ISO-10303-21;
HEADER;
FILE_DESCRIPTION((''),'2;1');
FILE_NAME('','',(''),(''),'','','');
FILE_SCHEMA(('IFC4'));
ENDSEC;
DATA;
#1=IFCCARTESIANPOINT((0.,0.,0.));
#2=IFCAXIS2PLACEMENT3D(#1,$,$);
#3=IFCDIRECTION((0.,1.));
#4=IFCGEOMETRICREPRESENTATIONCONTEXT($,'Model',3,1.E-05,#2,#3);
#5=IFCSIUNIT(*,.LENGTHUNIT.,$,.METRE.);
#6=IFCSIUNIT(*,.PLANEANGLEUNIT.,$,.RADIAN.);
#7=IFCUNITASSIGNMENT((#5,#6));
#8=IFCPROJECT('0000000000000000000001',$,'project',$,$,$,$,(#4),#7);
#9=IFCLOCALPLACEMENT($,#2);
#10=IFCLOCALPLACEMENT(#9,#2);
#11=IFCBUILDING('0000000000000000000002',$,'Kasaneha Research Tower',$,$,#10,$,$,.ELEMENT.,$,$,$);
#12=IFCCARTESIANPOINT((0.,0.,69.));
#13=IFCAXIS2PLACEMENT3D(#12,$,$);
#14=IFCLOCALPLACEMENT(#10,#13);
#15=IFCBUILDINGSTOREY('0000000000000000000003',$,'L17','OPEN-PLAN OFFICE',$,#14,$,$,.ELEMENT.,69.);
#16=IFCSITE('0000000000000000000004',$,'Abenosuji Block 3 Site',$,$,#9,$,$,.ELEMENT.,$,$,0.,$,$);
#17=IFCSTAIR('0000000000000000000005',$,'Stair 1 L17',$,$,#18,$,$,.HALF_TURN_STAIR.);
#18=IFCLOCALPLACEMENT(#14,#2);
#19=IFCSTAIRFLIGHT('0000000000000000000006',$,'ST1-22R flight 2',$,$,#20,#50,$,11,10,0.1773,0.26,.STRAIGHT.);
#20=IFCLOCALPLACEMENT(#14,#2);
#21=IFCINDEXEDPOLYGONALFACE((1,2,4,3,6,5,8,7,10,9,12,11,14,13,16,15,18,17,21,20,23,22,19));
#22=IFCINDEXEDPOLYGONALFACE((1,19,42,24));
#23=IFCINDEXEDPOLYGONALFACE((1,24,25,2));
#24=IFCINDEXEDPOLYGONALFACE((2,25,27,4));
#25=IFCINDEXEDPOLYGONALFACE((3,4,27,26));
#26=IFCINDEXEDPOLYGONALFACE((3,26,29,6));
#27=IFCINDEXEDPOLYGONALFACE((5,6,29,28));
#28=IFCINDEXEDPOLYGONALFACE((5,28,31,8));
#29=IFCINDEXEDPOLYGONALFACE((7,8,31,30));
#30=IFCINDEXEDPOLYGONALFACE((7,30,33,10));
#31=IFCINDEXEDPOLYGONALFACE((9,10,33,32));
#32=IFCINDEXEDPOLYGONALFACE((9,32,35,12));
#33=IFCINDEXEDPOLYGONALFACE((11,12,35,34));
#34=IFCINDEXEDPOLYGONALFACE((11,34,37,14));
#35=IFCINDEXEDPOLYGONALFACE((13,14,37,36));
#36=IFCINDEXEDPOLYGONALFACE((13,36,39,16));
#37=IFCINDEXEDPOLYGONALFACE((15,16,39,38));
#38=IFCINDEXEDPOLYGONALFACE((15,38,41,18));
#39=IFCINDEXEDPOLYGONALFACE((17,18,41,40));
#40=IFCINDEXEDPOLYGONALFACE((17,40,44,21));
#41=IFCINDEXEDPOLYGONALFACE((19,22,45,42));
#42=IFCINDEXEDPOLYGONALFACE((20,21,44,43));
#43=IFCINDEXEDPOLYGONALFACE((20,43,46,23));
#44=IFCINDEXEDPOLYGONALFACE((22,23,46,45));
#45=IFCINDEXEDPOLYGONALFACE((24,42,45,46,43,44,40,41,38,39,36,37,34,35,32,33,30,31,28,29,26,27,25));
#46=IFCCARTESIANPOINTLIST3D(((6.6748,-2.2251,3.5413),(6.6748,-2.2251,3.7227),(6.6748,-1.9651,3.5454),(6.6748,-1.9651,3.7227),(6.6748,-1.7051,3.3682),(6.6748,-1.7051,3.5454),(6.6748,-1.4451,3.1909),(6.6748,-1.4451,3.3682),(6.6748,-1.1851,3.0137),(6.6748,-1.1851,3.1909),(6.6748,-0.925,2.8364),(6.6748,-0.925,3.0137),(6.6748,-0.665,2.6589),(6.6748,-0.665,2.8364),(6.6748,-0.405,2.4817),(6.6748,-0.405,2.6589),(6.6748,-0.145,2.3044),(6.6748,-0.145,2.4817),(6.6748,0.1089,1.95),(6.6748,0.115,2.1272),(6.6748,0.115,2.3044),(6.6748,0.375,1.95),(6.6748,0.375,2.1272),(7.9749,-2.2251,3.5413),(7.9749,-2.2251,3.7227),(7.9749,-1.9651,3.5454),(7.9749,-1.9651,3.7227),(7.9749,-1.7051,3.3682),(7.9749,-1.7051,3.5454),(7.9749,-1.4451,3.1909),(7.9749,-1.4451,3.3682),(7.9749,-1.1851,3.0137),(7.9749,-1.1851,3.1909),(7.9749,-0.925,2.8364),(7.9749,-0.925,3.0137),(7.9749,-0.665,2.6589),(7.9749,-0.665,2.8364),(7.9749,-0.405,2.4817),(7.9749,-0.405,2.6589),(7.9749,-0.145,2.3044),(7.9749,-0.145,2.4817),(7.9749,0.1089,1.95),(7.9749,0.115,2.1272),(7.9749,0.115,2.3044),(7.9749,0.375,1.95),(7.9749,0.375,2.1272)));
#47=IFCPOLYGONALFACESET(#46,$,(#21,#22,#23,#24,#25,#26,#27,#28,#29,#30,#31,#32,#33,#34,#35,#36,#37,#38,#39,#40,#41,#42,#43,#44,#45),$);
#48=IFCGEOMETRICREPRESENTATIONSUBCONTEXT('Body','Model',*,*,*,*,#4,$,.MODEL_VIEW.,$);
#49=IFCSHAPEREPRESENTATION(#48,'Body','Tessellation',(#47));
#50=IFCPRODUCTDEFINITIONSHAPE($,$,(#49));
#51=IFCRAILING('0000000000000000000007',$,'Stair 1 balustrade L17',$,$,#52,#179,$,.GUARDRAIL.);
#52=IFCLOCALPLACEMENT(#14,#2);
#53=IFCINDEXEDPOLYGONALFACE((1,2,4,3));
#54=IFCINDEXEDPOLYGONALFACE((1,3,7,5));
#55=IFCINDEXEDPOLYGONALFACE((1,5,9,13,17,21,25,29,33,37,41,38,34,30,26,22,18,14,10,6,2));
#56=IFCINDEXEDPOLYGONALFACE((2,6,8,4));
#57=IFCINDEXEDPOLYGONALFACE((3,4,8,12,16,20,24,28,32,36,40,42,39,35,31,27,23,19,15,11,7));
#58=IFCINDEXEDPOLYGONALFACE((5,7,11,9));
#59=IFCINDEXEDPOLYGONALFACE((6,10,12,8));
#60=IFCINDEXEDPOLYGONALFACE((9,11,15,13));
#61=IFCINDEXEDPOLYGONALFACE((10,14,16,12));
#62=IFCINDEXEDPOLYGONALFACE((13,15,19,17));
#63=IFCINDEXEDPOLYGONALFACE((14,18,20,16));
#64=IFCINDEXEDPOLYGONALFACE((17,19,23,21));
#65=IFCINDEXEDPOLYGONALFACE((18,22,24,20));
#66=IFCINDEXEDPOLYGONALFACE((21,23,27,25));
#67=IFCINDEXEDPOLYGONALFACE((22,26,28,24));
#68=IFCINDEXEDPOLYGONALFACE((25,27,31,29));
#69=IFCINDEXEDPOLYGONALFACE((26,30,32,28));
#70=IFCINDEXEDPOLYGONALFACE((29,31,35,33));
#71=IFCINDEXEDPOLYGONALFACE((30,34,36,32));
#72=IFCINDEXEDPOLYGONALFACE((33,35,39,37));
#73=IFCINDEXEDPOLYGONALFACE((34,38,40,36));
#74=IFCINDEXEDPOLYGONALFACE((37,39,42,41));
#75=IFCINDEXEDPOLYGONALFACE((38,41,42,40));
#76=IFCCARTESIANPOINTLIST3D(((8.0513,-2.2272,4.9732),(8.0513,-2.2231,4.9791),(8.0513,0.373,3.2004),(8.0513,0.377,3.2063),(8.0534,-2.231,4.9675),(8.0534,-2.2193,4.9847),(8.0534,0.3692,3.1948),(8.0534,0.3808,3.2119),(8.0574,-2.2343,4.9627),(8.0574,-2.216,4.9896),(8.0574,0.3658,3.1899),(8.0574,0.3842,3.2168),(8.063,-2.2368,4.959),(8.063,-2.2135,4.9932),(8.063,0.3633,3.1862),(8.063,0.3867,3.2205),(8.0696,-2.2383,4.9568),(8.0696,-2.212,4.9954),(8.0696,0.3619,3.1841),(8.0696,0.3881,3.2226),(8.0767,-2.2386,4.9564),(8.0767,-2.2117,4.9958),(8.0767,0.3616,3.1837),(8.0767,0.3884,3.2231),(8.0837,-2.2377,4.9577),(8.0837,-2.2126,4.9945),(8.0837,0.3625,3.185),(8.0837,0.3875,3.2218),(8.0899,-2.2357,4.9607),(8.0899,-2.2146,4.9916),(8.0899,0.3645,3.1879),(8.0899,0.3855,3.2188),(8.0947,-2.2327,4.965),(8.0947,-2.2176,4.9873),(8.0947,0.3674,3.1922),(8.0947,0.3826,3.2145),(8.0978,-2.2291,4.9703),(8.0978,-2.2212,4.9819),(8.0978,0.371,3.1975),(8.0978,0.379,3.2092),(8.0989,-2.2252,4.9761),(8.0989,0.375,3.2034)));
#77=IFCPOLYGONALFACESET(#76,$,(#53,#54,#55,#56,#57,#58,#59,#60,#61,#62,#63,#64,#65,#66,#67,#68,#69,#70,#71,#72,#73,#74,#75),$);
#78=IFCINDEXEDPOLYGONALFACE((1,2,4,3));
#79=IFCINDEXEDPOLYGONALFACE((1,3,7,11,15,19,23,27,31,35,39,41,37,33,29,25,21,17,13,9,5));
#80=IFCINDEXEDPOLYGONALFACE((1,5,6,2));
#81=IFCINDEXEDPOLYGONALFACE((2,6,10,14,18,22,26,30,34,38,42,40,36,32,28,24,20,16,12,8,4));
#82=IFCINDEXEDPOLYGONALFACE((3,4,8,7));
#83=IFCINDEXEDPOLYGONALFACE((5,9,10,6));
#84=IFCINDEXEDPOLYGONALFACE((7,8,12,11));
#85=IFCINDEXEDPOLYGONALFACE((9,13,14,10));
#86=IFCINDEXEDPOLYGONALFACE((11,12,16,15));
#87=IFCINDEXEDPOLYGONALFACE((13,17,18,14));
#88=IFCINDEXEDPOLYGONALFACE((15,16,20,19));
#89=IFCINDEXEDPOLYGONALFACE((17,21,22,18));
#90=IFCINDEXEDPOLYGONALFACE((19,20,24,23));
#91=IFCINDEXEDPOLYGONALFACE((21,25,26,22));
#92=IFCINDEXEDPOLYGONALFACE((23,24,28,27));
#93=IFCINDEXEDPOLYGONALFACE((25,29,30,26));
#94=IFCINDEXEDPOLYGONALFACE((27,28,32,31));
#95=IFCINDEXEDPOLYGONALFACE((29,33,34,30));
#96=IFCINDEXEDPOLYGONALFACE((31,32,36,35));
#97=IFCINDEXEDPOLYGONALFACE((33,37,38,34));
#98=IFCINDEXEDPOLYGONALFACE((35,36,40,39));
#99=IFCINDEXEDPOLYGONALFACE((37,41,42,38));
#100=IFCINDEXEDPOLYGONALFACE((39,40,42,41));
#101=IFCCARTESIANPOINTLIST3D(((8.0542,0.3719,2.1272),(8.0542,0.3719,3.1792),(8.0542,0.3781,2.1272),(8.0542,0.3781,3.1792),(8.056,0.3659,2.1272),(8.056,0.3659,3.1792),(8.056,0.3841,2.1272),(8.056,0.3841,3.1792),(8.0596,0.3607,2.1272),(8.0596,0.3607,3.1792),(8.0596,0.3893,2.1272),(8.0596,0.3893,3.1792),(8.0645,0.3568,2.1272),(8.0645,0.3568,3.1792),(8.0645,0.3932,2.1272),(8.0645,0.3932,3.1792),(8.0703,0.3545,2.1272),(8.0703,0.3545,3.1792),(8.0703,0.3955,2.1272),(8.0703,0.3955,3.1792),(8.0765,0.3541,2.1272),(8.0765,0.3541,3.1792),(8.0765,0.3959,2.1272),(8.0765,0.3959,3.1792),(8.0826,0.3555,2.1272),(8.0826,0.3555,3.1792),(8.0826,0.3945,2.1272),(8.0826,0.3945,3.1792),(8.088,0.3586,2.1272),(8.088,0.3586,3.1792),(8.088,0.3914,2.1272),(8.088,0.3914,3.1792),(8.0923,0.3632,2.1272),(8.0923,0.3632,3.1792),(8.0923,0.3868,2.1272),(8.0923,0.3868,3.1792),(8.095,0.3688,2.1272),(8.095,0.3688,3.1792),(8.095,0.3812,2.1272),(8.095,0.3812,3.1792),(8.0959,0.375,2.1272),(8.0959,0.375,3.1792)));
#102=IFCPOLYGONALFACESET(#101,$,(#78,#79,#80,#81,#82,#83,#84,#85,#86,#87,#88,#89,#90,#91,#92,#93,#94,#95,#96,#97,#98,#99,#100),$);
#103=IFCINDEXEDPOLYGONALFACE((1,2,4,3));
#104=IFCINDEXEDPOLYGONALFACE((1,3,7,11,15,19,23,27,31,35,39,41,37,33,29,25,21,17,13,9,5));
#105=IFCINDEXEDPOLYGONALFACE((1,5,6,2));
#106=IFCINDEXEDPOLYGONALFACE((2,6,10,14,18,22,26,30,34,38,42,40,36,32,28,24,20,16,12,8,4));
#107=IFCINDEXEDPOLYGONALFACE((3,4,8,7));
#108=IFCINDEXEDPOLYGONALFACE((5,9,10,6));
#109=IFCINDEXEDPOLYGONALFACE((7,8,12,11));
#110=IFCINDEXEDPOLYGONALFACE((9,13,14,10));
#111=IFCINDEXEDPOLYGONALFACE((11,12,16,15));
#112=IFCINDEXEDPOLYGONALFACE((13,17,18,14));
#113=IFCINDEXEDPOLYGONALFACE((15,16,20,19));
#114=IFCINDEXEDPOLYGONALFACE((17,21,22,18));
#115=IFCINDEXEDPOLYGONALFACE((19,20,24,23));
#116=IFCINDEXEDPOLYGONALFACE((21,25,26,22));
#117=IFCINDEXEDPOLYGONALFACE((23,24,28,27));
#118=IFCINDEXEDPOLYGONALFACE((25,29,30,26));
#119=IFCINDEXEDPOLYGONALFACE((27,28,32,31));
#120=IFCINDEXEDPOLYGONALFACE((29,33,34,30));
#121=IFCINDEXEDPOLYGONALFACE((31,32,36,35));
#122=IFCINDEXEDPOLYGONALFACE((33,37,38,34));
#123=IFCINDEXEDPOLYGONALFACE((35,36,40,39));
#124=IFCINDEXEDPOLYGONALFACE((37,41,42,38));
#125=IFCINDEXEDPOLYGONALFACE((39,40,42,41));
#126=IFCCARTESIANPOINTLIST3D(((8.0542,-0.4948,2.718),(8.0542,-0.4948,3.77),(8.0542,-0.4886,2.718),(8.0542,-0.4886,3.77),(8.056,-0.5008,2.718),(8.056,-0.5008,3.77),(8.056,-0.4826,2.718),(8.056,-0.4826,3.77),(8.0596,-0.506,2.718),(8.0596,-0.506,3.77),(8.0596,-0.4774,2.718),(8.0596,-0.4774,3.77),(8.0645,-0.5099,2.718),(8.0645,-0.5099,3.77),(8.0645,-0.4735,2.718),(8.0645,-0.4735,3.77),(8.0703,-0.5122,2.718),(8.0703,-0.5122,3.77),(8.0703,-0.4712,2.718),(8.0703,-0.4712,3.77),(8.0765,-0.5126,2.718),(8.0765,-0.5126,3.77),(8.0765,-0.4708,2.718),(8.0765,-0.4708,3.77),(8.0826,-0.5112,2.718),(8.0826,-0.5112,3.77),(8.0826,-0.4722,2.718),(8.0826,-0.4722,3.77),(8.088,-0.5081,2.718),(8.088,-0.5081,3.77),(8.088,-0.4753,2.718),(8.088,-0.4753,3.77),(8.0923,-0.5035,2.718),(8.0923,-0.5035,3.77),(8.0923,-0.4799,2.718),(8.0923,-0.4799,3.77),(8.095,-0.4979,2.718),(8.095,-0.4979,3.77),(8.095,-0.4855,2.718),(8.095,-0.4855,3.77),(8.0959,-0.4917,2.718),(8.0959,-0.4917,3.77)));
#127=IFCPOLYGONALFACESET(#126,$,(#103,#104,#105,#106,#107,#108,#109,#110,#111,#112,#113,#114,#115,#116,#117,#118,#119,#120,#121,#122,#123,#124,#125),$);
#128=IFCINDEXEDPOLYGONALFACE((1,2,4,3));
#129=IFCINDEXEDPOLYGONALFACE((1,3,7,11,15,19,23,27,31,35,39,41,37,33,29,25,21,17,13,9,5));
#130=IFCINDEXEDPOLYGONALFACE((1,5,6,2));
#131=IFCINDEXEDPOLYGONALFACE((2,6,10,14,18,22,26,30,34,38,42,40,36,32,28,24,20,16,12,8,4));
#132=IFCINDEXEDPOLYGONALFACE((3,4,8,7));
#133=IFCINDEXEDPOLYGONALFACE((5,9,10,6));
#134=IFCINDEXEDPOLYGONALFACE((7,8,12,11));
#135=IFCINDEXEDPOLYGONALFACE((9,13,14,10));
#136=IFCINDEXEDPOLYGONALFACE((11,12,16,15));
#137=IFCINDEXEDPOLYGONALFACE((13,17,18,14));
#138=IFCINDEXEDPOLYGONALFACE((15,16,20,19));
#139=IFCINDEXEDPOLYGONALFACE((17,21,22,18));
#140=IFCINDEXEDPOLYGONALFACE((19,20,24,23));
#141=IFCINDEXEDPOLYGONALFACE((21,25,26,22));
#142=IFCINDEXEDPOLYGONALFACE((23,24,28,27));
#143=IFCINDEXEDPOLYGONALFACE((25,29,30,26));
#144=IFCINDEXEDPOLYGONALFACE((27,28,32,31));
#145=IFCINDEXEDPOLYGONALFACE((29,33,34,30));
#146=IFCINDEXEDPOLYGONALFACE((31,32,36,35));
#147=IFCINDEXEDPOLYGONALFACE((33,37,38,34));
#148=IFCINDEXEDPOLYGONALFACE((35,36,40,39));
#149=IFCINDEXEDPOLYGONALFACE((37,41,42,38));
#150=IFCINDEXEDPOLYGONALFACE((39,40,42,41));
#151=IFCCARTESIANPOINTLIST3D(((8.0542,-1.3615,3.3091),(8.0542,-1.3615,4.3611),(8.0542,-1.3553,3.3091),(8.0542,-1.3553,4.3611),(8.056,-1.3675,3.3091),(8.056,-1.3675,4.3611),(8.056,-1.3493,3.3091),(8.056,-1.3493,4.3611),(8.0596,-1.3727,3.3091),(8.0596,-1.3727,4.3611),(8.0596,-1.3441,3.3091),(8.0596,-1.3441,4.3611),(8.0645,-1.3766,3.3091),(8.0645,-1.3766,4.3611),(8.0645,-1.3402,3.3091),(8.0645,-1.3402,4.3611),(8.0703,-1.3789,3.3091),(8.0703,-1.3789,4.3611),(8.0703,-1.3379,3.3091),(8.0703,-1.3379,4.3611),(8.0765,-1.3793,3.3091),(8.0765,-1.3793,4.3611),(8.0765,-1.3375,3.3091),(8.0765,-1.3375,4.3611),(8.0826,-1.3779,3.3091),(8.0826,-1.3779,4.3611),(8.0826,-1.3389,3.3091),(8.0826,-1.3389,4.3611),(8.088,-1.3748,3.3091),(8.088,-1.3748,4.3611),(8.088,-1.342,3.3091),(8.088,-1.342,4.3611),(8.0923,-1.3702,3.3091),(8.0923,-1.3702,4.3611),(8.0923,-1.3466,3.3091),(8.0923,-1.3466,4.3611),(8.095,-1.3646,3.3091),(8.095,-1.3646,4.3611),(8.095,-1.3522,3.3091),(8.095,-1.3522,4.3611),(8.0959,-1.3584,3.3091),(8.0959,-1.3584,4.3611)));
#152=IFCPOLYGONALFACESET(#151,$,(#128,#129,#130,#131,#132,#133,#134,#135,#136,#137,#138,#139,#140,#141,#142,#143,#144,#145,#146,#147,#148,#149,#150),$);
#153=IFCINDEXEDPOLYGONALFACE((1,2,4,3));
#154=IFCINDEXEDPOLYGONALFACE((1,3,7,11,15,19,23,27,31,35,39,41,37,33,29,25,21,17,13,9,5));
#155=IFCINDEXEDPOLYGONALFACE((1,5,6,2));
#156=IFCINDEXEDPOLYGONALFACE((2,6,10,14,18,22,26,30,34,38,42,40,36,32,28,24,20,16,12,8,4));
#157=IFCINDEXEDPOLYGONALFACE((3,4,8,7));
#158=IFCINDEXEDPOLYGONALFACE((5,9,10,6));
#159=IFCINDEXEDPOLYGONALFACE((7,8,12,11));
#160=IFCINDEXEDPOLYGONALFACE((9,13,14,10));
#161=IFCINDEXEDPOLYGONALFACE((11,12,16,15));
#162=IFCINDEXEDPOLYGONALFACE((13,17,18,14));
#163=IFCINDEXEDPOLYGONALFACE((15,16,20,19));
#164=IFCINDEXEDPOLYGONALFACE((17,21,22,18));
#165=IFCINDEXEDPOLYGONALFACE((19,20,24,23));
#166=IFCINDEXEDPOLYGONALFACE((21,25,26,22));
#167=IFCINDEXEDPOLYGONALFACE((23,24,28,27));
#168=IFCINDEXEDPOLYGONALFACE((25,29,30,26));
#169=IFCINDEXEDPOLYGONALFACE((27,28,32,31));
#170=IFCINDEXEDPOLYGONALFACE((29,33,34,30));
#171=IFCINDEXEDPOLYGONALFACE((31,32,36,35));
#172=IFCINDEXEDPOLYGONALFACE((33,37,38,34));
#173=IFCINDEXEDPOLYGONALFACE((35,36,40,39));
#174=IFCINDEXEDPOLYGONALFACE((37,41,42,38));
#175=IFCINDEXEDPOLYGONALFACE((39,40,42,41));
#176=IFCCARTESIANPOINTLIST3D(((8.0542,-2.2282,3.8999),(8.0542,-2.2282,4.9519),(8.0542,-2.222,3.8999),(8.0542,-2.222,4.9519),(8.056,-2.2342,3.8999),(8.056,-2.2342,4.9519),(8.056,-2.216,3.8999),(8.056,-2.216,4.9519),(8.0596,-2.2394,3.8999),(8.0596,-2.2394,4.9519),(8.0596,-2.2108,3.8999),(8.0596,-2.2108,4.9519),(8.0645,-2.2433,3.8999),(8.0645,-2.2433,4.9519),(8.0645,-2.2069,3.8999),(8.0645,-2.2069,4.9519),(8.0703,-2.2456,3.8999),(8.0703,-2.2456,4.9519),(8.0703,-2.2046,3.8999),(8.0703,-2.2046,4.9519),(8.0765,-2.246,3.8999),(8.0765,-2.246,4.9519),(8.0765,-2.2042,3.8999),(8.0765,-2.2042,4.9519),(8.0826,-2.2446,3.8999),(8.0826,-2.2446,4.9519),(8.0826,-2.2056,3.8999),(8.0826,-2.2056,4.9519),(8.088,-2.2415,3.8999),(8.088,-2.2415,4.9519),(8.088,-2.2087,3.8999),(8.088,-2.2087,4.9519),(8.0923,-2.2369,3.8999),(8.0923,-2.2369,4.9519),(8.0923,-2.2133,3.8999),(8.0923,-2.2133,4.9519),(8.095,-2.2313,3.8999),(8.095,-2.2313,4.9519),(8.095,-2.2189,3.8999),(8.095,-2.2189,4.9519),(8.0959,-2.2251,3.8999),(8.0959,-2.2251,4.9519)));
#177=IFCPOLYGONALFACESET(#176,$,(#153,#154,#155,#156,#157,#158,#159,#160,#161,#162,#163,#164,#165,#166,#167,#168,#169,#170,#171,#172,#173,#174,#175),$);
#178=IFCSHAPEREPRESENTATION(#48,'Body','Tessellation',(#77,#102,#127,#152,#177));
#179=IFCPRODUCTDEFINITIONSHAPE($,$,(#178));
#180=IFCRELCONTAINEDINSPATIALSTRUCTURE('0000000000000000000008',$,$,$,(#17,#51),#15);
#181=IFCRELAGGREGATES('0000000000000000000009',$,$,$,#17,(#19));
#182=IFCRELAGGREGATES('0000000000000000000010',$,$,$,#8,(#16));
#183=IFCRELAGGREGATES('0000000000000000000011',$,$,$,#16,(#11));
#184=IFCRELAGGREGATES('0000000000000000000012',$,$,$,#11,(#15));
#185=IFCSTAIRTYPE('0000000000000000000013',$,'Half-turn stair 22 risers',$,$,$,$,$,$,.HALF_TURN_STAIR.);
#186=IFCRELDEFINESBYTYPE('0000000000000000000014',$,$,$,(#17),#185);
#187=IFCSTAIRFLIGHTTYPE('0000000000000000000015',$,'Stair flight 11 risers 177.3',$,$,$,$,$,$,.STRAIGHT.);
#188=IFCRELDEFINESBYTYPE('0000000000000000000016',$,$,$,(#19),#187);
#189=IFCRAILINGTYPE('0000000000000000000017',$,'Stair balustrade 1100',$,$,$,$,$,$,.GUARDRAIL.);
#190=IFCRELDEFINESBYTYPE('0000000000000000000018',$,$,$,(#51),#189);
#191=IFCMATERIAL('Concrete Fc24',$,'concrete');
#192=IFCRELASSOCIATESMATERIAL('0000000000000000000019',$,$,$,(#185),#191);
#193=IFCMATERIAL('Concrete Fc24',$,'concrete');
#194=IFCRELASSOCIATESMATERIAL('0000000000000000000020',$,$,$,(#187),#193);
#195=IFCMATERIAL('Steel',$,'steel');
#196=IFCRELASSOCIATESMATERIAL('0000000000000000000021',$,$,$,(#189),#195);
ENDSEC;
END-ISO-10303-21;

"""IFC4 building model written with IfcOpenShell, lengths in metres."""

from ifc_helpers import new_model, si_unit, direction, frame, origin, origin_2d, place, context, subcontext, project, spatial, polyline, circle, outline, extrude, material, type_object, element, aggregate, save


model = new_model("IFC4")

# Units and contexts
model_context = context("Model", 3, precision=1e-05, world=origin(), true_north=direction((0.0, 1.0)))
body_context = subcontext(model_context, "Body", "Model", "MODEL_VIEW")
ifc_project = project(units=[si_unit("LENGTHUNIT", "METRE"), si_unit("PLANEANGLEUNIT", "RADIAN")], contexts=[model_context])

# Site, building, storey
site_placement = place(None, origin())
site = spatial("IfcSite", under=ifc_project, at=site_placement, Name="Abenosuji Block 3 Site", CompositionType="ELEMENT", RefElevation=0.0)
building_placement = place(site_placement, origin())
building = spatial("IfcBuilding", under=site, at=building_placement, Name="Kasaneha Research Tower", CompositionType="ELEMENT")
storey_placement = place(building_placement, frame((0.0, 0.0, 69.0)))
storey = spatial("IfcBuildingStorey", under=building, at=storey_placement, Name="L17", Description="OPEN-PLAN OFFICE", CompositionType="ELEMENT", Elevation=69.0)

# Stair, stair flight
ifc_material_1 = material(Name="Concrete Fc24", Category="concrete")
stair_type = type_object("IfcStairType", Name="Half-turn stair 22 risers", PredefinedType="HALF_TURN_STAIR", material=ifc_material_1)
stair_placement = place(storey_placement, origin())
stair = element("IfcStair", 1, at=stair_placement, inside=storey, type_object=stair_type, Name="Stair 1 L17", PredefinedType="HALF_TURN_STAIR")
ifc_material_2 = material(Name="Concrete Fc24", Category="concrete")
stair_flight_type = type_object("IfcStairFlightType", Name="Stair flight 11 risers 177.3", PredefinedType="STRAIGHT", material=ifc_material_2)
stair_flight_placement = place(storey_placement, frame((7.325, 0.375, 1.95), z_axis=(0.0, 0.0, 1.0), x_axis=(0.0, -1.0, 0.0)))
stair_flight = element("IfcStairFlight", 2, at=stair_flight_placement, type_object=stair_flight_type, Name="ST1-22R flight 2", NumberOfRisers=11, NumberOfTreads=10, PredefinedType="STRAIGHT", RiserHeight=0.1773, TreadLength=0.26, context=body_context, shape_type="SweptSolid", body=[
    extrude(outline(polyline([(0.0, 0.0), (0.0, 0.1772), (0.26, 0.1772), (0.26, 0.3545), (0.52, 0.3545), (0.52, 0.5317), (0.78, 0.5317), (0.78, 0.709), (1.04, 0.709), (1.04, 0.8865), (1.3, 0.8865), (1.3, 1.0637), (1.5601, 1.0637), (1.5601, 1.241), (1.8201, 1.241), (1.8201, 1.4182), (2.0801, 1.4182), (2.0801, 1.5955), (2.3401, 1.5955), (2.3401, 1.7727), (2.6001, 1.7727), (2.6001, 1.95), (2.6001, 1.5913), (0.2661, 0.0), (0.0, 0.0)])), frame((0.0, 0.6499, 0.0), z_axis=(0.0, -1.0, 0.0), x_axis=(1.0, 0.0, 0.0)), (0.0, 0.0, 1.0), 1.3),
])
aggregate(stair, [stair_flight])

# Railing
ifc_material_3 = material(Name="Steel", Category="steel")
railing_type_1 = type_object("IfcRailingType", Name="Stair balustrade 1100", PredefinedType="GUARDRAIL", material=ifc_material_3)
railing_1_placement = place(storey_placement, frame((8.075, 0.375, 2.1272)))
element("IfcRailing", 3, at=railing_1_placement, inside=storey, type_object=railing_type_1, Name="Stair 1 balustrade L17", PredefinedType="GUARDRAIL", context=body_context, shape_type="SweptSolid", body=[
    extrude(circle(Radius=0.0239, at=origin_2d()), frame((0.0, 0.0, 1.0762), z_axis=(0.0, -0.82624, 0.563318), x_axis=(1.0, 0.0, 0.0)), (0.0, 0.0, 1.0), 3.147),
    extrude(circle(Radius=0.021, at=origin_2d()), origin(), (0.0, 0.0, 1.0), 1.052),
    extrude(circle(Radius=0.021, at=origin_2d()), frame((0.0, -0.8667, 0.5908)), (0.0, 0.0, 1.0), 1.052),
    extrude(circle(Radius=0.021, at=origin_2d()), frame((0.0, -1.7334, 1.1819)), (0.0, 0.0, 1.0), 1.052),
    extrude(circle(Radius=0.021, at=origin_2d()), frame((0.0, -2.6001, 1.7727)), (0.0, 0.0, 1.0), 1.052),
])

save(model, "model.ifc")
